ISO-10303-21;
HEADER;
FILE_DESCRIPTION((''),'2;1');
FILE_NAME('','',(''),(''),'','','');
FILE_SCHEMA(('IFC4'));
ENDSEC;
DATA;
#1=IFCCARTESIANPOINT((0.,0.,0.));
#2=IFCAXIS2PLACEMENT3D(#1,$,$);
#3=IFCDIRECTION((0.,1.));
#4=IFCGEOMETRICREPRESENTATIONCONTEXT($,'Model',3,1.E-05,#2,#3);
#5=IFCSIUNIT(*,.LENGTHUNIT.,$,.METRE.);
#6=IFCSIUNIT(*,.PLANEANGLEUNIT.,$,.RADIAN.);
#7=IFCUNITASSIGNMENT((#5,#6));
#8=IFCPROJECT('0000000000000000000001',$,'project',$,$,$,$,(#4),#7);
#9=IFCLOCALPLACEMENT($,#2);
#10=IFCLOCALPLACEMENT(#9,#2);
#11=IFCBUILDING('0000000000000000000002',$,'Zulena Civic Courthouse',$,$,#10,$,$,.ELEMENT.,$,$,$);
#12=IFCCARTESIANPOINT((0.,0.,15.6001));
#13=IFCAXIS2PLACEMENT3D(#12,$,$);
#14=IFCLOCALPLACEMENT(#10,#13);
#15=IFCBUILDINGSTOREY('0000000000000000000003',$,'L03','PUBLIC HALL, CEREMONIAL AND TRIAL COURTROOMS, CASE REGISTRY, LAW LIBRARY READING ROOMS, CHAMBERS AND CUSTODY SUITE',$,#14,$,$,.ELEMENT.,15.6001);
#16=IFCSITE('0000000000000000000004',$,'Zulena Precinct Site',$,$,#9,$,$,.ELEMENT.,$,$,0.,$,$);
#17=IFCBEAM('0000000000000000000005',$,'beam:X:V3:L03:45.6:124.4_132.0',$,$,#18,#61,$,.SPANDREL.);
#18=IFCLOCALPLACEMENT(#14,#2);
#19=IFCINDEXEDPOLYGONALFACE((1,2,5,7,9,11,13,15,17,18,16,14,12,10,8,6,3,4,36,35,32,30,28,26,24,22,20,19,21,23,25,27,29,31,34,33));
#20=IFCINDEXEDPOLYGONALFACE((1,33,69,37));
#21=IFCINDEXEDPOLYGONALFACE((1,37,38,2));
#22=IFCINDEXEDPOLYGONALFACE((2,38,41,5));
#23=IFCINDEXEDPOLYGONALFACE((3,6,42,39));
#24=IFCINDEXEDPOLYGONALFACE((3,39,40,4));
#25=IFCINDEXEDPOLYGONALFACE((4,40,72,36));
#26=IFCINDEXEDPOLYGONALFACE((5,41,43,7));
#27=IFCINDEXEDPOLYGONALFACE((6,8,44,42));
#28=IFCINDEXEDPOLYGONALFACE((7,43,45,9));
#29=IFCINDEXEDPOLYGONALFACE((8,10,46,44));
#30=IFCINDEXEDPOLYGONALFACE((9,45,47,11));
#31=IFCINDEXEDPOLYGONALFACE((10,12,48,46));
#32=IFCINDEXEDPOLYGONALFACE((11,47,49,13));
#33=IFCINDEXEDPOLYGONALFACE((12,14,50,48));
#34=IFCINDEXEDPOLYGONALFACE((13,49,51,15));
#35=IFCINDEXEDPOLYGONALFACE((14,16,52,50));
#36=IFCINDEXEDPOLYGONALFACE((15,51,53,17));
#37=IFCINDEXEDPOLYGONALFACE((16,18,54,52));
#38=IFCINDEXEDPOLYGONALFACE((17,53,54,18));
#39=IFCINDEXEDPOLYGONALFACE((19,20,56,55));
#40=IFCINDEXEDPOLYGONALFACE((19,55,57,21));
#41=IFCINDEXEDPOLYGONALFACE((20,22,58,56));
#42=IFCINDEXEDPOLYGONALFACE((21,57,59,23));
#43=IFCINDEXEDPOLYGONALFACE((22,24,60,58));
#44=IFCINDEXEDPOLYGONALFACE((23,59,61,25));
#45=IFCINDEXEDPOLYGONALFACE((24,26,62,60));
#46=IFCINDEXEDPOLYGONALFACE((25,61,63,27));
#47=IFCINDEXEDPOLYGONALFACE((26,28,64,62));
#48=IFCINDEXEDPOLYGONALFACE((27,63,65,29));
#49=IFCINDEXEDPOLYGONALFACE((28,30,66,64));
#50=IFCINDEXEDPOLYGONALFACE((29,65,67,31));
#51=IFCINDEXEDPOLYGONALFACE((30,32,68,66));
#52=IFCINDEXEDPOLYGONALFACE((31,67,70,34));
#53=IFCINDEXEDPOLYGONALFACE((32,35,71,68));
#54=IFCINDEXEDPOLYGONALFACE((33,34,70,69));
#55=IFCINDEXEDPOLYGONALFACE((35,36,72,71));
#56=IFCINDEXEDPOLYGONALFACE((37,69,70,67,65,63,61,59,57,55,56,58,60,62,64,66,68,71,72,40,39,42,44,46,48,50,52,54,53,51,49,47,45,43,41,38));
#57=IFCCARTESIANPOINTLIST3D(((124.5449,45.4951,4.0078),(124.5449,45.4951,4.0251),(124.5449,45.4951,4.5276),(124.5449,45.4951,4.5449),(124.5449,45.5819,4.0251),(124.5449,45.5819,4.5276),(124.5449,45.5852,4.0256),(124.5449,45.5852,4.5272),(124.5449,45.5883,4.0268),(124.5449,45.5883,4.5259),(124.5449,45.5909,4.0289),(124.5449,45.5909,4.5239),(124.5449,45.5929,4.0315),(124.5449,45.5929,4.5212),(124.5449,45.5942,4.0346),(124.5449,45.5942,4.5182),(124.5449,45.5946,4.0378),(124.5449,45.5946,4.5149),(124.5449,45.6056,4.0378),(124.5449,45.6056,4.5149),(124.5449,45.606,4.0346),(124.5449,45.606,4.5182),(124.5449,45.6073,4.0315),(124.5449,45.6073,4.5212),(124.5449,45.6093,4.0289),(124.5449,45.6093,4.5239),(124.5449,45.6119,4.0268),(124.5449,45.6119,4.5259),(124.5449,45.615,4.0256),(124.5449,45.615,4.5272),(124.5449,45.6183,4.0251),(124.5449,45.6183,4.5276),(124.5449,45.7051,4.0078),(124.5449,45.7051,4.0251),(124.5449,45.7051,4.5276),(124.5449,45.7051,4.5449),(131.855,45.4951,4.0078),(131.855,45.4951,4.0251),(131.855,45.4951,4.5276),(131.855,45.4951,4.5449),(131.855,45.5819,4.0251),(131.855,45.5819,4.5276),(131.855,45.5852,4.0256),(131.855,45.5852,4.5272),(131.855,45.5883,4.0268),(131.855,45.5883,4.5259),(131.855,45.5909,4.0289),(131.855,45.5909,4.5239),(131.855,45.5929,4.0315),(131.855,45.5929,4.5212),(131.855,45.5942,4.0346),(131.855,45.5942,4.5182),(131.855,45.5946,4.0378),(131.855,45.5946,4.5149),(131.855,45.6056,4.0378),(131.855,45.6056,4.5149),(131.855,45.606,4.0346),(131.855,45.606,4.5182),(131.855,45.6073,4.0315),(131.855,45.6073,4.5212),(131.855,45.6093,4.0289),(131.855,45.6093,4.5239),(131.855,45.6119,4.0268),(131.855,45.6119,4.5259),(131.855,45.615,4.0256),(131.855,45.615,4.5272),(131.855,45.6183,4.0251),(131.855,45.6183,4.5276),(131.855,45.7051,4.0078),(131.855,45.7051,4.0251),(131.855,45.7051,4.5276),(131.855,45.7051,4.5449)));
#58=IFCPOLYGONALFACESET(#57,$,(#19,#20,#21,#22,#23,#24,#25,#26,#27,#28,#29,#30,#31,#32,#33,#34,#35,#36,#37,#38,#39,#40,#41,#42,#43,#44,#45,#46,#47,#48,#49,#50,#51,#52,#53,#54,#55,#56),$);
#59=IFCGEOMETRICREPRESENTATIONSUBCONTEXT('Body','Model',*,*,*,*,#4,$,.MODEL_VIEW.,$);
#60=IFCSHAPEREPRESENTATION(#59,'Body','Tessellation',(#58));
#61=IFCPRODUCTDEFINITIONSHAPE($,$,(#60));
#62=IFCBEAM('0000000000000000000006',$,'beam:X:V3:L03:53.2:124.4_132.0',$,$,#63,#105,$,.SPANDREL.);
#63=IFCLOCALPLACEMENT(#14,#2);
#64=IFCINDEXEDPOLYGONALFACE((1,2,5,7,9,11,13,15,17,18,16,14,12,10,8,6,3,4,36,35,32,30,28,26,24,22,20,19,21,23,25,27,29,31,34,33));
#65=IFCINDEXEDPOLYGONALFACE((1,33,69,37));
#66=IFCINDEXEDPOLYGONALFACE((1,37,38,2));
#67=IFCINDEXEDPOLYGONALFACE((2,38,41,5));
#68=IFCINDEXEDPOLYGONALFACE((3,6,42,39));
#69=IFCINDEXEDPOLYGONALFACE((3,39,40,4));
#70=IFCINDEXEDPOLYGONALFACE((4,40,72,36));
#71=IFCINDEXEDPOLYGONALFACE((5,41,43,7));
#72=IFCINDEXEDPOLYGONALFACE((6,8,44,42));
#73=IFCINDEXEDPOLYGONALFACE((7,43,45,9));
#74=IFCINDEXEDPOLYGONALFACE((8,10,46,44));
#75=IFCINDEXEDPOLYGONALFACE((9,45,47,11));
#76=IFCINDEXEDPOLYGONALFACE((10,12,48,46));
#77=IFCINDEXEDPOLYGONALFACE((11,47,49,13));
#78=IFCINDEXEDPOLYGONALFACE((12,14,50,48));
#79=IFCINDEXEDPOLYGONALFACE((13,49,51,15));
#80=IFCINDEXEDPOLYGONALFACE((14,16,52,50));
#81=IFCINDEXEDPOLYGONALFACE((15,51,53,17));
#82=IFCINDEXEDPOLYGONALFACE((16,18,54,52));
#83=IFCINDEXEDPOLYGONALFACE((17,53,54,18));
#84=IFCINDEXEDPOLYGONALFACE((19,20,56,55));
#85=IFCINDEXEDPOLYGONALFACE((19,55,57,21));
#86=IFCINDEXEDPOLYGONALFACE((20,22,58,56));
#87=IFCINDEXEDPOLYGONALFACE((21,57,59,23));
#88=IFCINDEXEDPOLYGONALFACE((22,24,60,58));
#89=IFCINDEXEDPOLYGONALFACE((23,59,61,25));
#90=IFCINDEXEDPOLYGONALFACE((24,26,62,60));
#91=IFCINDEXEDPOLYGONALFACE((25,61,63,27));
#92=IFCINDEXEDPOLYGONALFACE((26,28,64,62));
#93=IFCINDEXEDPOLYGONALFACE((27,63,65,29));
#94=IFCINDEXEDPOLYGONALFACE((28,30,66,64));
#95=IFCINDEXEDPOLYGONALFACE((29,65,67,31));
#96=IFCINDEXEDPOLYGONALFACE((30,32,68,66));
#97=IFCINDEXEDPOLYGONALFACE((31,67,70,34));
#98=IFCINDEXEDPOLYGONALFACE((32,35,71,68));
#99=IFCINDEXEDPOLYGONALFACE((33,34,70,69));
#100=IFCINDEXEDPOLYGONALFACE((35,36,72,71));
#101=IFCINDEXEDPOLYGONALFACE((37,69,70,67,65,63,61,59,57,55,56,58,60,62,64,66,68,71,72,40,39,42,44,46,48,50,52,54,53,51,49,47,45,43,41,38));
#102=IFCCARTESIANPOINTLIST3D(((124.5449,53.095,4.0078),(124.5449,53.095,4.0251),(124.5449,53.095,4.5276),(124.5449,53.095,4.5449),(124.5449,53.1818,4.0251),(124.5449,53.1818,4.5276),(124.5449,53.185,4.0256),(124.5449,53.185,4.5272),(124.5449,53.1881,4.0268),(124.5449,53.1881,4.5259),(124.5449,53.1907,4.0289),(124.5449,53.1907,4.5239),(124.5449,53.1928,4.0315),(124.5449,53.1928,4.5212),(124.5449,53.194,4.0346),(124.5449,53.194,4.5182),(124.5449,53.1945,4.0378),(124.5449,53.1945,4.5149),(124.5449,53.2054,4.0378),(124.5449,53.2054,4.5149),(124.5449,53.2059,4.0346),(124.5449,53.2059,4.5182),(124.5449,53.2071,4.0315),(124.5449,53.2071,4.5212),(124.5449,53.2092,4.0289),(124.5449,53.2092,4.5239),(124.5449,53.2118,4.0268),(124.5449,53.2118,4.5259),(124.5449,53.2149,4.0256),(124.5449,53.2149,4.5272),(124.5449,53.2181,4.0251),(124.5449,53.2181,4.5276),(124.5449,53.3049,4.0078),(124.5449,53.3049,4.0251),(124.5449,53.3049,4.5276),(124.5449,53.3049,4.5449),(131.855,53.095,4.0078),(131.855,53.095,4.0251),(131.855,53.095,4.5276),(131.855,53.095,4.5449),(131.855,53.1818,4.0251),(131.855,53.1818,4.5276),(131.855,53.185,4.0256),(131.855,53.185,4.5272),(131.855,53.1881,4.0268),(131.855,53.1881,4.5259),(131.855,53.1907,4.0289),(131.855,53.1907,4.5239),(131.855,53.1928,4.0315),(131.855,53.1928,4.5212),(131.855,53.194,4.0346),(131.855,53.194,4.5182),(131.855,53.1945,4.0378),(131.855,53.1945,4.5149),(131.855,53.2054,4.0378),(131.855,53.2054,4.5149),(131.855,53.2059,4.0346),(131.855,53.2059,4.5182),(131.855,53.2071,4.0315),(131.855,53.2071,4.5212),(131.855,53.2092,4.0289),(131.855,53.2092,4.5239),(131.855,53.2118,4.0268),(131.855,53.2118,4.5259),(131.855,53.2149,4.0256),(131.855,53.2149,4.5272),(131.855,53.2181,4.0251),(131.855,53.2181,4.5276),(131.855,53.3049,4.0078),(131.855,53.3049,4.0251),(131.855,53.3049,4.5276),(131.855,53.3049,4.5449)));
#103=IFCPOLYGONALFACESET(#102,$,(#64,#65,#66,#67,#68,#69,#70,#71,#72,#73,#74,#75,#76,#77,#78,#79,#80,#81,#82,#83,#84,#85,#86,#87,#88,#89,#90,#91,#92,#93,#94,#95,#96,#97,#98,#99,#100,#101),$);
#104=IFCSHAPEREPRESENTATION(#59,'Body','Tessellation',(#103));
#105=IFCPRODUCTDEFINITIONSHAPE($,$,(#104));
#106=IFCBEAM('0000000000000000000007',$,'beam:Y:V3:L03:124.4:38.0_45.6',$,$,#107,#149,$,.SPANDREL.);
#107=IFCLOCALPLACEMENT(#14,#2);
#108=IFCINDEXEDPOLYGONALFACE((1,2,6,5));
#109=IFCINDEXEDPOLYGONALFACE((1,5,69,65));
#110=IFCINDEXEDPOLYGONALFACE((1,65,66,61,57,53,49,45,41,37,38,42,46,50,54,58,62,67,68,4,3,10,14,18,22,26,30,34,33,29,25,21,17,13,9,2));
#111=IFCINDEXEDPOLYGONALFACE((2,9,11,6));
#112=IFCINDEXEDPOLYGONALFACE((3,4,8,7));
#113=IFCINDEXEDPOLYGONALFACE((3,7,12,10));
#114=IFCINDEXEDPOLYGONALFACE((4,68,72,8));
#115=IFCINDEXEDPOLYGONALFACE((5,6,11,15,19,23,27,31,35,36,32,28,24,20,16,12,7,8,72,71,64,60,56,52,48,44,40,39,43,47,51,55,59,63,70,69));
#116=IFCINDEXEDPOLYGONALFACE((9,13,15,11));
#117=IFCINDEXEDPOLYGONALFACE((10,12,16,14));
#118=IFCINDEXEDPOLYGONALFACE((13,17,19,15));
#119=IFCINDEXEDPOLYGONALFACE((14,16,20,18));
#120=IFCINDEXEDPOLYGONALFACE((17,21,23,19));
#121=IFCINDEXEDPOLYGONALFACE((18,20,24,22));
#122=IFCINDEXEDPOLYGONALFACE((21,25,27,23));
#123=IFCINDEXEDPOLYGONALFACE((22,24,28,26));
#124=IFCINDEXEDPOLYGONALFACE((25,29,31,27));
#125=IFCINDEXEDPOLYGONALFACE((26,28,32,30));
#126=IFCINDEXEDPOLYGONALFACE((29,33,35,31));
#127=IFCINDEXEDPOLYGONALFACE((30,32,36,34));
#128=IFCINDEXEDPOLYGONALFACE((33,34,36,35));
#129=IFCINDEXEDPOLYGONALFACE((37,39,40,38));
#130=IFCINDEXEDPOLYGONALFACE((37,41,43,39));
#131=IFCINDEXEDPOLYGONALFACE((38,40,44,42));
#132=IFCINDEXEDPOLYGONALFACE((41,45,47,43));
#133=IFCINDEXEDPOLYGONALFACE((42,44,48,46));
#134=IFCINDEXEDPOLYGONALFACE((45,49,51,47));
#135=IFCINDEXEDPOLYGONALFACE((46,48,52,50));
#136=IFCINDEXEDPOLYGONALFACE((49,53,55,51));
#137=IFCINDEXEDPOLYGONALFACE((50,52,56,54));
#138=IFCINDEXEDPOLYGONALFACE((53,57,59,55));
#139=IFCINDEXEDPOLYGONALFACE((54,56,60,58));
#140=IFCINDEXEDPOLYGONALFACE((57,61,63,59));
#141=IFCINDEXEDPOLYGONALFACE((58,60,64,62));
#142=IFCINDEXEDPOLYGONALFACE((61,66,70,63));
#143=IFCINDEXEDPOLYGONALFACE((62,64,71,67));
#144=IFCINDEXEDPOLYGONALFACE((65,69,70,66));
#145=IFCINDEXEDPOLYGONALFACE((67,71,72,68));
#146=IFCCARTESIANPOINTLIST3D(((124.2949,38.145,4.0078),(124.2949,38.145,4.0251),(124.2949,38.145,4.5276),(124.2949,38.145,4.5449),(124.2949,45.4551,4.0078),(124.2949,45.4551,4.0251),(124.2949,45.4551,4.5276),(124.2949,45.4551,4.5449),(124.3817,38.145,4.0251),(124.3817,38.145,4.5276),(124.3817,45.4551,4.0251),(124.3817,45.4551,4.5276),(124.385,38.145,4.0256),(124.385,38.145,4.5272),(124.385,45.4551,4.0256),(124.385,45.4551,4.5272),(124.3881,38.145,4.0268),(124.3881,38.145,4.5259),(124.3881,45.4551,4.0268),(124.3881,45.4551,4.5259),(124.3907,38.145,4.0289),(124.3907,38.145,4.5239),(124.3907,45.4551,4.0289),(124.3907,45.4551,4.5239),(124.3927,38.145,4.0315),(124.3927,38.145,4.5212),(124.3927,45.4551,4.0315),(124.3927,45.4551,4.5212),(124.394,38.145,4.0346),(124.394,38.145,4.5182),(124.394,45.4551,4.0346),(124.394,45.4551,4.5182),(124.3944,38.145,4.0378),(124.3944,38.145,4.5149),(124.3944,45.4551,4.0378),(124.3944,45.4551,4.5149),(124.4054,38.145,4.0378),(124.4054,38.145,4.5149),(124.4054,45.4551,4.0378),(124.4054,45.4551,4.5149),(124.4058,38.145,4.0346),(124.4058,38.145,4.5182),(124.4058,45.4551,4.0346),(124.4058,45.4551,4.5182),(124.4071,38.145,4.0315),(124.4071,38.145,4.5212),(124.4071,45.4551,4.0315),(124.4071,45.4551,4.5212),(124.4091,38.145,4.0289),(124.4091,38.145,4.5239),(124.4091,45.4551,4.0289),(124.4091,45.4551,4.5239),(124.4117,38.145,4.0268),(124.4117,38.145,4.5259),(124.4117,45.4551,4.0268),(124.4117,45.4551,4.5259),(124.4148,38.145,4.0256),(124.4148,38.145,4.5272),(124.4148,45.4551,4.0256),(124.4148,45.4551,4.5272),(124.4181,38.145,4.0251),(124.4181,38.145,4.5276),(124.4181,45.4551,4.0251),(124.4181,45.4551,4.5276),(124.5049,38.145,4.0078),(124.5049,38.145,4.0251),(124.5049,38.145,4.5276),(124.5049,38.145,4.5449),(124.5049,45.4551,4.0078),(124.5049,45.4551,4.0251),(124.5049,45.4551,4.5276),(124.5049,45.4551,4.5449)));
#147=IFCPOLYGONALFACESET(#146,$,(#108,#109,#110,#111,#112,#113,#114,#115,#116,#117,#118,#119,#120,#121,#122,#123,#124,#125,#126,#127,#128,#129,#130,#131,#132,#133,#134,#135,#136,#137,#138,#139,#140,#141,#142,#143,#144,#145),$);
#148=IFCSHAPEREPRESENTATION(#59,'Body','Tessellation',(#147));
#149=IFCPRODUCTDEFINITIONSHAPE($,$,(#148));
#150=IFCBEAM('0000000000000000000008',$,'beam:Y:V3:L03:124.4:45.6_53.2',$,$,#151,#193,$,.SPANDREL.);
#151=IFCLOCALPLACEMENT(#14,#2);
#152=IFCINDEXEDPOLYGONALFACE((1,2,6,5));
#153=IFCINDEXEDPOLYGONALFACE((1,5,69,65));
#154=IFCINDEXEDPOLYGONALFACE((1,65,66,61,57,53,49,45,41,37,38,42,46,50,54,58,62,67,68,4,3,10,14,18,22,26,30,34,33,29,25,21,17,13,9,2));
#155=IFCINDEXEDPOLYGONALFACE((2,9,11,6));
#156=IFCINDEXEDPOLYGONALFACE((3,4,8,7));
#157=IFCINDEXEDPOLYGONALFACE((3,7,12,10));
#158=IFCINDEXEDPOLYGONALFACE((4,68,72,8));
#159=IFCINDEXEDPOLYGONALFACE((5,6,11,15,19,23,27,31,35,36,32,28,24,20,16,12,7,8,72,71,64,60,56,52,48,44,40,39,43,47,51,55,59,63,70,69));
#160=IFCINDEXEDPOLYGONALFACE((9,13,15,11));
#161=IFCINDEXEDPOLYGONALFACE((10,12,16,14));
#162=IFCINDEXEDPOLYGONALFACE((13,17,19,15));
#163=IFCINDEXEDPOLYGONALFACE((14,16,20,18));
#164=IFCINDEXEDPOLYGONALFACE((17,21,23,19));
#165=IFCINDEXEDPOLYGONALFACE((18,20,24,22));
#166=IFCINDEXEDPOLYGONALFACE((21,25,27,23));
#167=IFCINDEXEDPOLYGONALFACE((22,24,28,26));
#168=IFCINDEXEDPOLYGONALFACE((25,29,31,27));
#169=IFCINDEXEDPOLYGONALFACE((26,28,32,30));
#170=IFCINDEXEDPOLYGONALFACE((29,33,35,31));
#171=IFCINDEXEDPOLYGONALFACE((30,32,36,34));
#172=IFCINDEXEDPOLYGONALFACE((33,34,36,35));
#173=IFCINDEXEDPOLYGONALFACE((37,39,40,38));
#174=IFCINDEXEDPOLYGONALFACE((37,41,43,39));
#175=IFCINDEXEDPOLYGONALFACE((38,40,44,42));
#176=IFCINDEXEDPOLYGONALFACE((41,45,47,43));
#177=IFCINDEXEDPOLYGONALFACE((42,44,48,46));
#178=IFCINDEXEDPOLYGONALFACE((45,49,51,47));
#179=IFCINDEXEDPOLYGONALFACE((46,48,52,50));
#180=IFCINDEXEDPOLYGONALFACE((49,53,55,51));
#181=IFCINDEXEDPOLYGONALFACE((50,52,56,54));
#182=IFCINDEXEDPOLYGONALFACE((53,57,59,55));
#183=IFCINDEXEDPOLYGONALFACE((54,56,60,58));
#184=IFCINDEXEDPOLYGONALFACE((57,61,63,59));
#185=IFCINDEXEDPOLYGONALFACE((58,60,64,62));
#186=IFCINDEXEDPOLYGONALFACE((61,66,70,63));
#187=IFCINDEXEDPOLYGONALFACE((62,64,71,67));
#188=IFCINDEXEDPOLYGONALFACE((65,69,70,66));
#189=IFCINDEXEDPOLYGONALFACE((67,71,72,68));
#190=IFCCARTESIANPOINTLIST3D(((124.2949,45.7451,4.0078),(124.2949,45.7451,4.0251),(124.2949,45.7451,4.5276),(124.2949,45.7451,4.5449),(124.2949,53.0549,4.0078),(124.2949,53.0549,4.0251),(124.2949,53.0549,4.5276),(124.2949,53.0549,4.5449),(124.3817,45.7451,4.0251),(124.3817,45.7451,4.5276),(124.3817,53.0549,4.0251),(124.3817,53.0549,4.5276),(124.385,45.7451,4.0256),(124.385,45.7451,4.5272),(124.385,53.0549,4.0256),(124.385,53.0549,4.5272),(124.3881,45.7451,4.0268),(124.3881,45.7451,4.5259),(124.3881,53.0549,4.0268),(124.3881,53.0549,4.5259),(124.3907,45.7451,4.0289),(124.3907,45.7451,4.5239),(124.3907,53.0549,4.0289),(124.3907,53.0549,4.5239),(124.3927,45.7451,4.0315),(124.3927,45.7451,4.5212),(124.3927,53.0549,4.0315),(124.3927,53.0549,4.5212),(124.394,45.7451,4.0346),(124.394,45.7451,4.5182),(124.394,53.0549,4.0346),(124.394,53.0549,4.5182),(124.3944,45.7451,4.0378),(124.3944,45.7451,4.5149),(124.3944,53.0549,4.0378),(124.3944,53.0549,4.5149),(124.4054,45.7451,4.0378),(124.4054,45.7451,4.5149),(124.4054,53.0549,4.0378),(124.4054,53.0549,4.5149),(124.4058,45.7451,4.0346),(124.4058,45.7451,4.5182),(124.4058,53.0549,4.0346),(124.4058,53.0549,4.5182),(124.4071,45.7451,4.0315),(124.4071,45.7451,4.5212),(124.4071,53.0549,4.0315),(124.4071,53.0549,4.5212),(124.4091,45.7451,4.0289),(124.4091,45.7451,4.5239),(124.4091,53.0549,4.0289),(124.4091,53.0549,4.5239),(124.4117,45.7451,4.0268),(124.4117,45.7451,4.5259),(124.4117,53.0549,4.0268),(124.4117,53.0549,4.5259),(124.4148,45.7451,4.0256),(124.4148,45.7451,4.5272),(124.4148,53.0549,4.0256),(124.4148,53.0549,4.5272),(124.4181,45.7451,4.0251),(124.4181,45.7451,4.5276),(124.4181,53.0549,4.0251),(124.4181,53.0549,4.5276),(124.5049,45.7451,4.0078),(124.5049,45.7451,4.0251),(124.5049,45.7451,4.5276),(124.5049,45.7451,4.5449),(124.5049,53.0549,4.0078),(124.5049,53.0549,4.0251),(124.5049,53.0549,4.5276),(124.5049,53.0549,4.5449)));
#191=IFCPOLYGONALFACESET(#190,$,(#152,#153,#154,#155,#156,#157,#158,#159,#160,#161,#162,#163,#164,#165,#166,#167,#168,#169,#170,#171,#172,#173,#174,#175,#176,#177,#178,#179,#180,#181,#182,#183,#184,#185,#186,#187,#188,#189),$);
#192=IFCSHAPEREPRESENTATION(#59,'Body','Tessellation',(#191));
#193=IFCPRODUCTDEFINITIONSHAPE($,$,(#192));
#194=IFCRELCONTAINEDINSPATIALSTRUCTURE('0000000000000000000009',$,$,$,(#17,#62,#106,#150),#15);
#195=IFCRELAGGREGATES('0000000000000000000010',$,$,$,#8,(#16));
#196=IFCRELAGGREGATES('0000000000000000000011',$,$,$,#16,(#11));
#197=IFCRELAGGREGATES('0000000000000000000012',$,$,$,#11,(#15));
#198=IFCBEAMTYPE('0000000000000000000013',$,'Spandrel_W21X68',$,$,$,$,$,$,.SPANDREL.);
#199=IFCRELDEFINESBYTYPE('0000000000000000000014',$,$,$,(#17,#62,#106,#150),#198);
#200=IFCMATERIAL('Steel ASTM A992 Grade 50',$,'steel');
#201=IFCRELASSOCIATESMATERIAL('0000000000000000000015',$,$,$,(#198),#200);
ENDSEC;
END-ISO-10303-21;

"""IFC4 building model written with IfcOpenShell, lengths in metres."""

from ifc_helpers import new_model, si_unit, direction, frame, origin, origin_2d, place, context, subcontext, project, spatial, i_section, extrude, material, material_profile, profile_set, type_object, element, save


model = new_model("IFC4")

# Units and contexts
model_context = context("Model", 3, precision=1e-05, world=origin(), true_north=direction((0.0, 1.0)))
body_context = subcontext(model_context, "Body", "Model", "MODEL_VIEW")
ifc_project = project(units=[si_unit("LENGTHUNIT", "METRE"), si_unit("PLANEANGLEUNIT", "RADIAN")], contexts=[model_context])

# Site, building, storey
site_placement = place(None, origin())
site = spatial("IfcSite", under=ifc_project, at=site_placement, Name="Zulena Precinct Site", CompositionType="ELEMENT", RefElevation=0.0)
building_placement = place(site_placement, origin())
building = spatial("IfcBuilding", under=site, at=building_placement, Name="Zulena Civic Courthouse", CompositionType="ELEMENT")
storey_placement = place(building_placement, frame((0.0, 0.0, 15.6001)))
storey = spatial("IfcBuildingStorey", under=building, at=storey_placement, Name="L03", Description="PUBLIC HALL, CEREMONIAL AND TRIAL COURTROOMS, CASE REGISTRY, LAW LIBRARY READING ROOMS, CHAMBERS AND CUSTODY SUITE", CompositionType="ELEMENT", Elevation=15.6001)

# Shared definitions
ifc_material_1 = material(Name="Steel ASTM A992 Grade 50", Category="steel")

# Beams
ifc_material_profile_1 = material_profile(ifc_material_1, i_section(OverallWidth=0.21, OverallDepth=0.5371, WebThickness=0.011, FlangeThickness=0.0173, FilletRadius=0.0127, at=origin_2d()), Name="W21X68")
ifc_profile_set_1 = profile_set([ifc_material_profile_1], Name="Steel ASTM A992 Grade 50")
beam_type_1 = type_object("IfcBeamType", Name="Spandrel_W21X68", PredefinedType="SPANDREL", material=ifc_profile_set_1)
for number, where, z_axis, x_axis, name in (
    (1, (124.5449, 45.6001, 4.2764), (1.0, 0.0, 0.0), (0.0, 1.0, 0.0), "beam:X:V3:L03:45.6:124.4_132.0"),
    (2, (124.5449, 53.2, 4.2764), (1.0, 0.0, 0.0), (0.0, 1.0, 0.0), "beam:X:V3:L03:53.2:124.4_132.0"),
    (3, (124.3999, 38.145, 4.2764), (0.0, 1.0, 0.0), (-1.0, 0.0, 0.0), "beam:Y:V3:L03:124.4:38.0_45.6"),
):
    element("IfcBeam", number, at=place(storey_placement, frame(where, z_axis=z_axis, x_axis=x_axis)), inside=storey, type_object=beam_type_1, Name=name, PredefinedType="SPANDREL", context=body_context, shape_type="SweptSolid", body=[
        extrude(i_section(OverallWidth=0.21, OverallDepth=0.5371, WebThickness=0.011, FlangeThickness=0.0173, FilletRadius=0.0127, at=origin_2d()), origin(), (0.0, 0.0, 1.0), 7.3101),
    ])
beam_1_placement = place(storey_placement, frame((124.3999, 45.7451, 4.2764), z_axis=(0.0, 1.0, 0.0), x_axis=(-1.0, 0.0, 0.0)))
element("IfcBeam", 4, at=beam_1_placement, inside=storey, type_object=beam_type_1, Name="beam:Y:V3:L03:124.4:45.6_53.2", PredefinedType="SPANDREL", context=body_context, shape_type="SweptSolid", body=[
    extrude(i_section(OverallWidth=0.21, OverallDepth=0.5371, WebThickness=0.011, FlangeThickness=0.0173, FilletRadius=0.0127, at=origin_2d()), origin(), (0.0, 0.0, 1.0), 7.3098),
])

save(model, "model.ifc")
